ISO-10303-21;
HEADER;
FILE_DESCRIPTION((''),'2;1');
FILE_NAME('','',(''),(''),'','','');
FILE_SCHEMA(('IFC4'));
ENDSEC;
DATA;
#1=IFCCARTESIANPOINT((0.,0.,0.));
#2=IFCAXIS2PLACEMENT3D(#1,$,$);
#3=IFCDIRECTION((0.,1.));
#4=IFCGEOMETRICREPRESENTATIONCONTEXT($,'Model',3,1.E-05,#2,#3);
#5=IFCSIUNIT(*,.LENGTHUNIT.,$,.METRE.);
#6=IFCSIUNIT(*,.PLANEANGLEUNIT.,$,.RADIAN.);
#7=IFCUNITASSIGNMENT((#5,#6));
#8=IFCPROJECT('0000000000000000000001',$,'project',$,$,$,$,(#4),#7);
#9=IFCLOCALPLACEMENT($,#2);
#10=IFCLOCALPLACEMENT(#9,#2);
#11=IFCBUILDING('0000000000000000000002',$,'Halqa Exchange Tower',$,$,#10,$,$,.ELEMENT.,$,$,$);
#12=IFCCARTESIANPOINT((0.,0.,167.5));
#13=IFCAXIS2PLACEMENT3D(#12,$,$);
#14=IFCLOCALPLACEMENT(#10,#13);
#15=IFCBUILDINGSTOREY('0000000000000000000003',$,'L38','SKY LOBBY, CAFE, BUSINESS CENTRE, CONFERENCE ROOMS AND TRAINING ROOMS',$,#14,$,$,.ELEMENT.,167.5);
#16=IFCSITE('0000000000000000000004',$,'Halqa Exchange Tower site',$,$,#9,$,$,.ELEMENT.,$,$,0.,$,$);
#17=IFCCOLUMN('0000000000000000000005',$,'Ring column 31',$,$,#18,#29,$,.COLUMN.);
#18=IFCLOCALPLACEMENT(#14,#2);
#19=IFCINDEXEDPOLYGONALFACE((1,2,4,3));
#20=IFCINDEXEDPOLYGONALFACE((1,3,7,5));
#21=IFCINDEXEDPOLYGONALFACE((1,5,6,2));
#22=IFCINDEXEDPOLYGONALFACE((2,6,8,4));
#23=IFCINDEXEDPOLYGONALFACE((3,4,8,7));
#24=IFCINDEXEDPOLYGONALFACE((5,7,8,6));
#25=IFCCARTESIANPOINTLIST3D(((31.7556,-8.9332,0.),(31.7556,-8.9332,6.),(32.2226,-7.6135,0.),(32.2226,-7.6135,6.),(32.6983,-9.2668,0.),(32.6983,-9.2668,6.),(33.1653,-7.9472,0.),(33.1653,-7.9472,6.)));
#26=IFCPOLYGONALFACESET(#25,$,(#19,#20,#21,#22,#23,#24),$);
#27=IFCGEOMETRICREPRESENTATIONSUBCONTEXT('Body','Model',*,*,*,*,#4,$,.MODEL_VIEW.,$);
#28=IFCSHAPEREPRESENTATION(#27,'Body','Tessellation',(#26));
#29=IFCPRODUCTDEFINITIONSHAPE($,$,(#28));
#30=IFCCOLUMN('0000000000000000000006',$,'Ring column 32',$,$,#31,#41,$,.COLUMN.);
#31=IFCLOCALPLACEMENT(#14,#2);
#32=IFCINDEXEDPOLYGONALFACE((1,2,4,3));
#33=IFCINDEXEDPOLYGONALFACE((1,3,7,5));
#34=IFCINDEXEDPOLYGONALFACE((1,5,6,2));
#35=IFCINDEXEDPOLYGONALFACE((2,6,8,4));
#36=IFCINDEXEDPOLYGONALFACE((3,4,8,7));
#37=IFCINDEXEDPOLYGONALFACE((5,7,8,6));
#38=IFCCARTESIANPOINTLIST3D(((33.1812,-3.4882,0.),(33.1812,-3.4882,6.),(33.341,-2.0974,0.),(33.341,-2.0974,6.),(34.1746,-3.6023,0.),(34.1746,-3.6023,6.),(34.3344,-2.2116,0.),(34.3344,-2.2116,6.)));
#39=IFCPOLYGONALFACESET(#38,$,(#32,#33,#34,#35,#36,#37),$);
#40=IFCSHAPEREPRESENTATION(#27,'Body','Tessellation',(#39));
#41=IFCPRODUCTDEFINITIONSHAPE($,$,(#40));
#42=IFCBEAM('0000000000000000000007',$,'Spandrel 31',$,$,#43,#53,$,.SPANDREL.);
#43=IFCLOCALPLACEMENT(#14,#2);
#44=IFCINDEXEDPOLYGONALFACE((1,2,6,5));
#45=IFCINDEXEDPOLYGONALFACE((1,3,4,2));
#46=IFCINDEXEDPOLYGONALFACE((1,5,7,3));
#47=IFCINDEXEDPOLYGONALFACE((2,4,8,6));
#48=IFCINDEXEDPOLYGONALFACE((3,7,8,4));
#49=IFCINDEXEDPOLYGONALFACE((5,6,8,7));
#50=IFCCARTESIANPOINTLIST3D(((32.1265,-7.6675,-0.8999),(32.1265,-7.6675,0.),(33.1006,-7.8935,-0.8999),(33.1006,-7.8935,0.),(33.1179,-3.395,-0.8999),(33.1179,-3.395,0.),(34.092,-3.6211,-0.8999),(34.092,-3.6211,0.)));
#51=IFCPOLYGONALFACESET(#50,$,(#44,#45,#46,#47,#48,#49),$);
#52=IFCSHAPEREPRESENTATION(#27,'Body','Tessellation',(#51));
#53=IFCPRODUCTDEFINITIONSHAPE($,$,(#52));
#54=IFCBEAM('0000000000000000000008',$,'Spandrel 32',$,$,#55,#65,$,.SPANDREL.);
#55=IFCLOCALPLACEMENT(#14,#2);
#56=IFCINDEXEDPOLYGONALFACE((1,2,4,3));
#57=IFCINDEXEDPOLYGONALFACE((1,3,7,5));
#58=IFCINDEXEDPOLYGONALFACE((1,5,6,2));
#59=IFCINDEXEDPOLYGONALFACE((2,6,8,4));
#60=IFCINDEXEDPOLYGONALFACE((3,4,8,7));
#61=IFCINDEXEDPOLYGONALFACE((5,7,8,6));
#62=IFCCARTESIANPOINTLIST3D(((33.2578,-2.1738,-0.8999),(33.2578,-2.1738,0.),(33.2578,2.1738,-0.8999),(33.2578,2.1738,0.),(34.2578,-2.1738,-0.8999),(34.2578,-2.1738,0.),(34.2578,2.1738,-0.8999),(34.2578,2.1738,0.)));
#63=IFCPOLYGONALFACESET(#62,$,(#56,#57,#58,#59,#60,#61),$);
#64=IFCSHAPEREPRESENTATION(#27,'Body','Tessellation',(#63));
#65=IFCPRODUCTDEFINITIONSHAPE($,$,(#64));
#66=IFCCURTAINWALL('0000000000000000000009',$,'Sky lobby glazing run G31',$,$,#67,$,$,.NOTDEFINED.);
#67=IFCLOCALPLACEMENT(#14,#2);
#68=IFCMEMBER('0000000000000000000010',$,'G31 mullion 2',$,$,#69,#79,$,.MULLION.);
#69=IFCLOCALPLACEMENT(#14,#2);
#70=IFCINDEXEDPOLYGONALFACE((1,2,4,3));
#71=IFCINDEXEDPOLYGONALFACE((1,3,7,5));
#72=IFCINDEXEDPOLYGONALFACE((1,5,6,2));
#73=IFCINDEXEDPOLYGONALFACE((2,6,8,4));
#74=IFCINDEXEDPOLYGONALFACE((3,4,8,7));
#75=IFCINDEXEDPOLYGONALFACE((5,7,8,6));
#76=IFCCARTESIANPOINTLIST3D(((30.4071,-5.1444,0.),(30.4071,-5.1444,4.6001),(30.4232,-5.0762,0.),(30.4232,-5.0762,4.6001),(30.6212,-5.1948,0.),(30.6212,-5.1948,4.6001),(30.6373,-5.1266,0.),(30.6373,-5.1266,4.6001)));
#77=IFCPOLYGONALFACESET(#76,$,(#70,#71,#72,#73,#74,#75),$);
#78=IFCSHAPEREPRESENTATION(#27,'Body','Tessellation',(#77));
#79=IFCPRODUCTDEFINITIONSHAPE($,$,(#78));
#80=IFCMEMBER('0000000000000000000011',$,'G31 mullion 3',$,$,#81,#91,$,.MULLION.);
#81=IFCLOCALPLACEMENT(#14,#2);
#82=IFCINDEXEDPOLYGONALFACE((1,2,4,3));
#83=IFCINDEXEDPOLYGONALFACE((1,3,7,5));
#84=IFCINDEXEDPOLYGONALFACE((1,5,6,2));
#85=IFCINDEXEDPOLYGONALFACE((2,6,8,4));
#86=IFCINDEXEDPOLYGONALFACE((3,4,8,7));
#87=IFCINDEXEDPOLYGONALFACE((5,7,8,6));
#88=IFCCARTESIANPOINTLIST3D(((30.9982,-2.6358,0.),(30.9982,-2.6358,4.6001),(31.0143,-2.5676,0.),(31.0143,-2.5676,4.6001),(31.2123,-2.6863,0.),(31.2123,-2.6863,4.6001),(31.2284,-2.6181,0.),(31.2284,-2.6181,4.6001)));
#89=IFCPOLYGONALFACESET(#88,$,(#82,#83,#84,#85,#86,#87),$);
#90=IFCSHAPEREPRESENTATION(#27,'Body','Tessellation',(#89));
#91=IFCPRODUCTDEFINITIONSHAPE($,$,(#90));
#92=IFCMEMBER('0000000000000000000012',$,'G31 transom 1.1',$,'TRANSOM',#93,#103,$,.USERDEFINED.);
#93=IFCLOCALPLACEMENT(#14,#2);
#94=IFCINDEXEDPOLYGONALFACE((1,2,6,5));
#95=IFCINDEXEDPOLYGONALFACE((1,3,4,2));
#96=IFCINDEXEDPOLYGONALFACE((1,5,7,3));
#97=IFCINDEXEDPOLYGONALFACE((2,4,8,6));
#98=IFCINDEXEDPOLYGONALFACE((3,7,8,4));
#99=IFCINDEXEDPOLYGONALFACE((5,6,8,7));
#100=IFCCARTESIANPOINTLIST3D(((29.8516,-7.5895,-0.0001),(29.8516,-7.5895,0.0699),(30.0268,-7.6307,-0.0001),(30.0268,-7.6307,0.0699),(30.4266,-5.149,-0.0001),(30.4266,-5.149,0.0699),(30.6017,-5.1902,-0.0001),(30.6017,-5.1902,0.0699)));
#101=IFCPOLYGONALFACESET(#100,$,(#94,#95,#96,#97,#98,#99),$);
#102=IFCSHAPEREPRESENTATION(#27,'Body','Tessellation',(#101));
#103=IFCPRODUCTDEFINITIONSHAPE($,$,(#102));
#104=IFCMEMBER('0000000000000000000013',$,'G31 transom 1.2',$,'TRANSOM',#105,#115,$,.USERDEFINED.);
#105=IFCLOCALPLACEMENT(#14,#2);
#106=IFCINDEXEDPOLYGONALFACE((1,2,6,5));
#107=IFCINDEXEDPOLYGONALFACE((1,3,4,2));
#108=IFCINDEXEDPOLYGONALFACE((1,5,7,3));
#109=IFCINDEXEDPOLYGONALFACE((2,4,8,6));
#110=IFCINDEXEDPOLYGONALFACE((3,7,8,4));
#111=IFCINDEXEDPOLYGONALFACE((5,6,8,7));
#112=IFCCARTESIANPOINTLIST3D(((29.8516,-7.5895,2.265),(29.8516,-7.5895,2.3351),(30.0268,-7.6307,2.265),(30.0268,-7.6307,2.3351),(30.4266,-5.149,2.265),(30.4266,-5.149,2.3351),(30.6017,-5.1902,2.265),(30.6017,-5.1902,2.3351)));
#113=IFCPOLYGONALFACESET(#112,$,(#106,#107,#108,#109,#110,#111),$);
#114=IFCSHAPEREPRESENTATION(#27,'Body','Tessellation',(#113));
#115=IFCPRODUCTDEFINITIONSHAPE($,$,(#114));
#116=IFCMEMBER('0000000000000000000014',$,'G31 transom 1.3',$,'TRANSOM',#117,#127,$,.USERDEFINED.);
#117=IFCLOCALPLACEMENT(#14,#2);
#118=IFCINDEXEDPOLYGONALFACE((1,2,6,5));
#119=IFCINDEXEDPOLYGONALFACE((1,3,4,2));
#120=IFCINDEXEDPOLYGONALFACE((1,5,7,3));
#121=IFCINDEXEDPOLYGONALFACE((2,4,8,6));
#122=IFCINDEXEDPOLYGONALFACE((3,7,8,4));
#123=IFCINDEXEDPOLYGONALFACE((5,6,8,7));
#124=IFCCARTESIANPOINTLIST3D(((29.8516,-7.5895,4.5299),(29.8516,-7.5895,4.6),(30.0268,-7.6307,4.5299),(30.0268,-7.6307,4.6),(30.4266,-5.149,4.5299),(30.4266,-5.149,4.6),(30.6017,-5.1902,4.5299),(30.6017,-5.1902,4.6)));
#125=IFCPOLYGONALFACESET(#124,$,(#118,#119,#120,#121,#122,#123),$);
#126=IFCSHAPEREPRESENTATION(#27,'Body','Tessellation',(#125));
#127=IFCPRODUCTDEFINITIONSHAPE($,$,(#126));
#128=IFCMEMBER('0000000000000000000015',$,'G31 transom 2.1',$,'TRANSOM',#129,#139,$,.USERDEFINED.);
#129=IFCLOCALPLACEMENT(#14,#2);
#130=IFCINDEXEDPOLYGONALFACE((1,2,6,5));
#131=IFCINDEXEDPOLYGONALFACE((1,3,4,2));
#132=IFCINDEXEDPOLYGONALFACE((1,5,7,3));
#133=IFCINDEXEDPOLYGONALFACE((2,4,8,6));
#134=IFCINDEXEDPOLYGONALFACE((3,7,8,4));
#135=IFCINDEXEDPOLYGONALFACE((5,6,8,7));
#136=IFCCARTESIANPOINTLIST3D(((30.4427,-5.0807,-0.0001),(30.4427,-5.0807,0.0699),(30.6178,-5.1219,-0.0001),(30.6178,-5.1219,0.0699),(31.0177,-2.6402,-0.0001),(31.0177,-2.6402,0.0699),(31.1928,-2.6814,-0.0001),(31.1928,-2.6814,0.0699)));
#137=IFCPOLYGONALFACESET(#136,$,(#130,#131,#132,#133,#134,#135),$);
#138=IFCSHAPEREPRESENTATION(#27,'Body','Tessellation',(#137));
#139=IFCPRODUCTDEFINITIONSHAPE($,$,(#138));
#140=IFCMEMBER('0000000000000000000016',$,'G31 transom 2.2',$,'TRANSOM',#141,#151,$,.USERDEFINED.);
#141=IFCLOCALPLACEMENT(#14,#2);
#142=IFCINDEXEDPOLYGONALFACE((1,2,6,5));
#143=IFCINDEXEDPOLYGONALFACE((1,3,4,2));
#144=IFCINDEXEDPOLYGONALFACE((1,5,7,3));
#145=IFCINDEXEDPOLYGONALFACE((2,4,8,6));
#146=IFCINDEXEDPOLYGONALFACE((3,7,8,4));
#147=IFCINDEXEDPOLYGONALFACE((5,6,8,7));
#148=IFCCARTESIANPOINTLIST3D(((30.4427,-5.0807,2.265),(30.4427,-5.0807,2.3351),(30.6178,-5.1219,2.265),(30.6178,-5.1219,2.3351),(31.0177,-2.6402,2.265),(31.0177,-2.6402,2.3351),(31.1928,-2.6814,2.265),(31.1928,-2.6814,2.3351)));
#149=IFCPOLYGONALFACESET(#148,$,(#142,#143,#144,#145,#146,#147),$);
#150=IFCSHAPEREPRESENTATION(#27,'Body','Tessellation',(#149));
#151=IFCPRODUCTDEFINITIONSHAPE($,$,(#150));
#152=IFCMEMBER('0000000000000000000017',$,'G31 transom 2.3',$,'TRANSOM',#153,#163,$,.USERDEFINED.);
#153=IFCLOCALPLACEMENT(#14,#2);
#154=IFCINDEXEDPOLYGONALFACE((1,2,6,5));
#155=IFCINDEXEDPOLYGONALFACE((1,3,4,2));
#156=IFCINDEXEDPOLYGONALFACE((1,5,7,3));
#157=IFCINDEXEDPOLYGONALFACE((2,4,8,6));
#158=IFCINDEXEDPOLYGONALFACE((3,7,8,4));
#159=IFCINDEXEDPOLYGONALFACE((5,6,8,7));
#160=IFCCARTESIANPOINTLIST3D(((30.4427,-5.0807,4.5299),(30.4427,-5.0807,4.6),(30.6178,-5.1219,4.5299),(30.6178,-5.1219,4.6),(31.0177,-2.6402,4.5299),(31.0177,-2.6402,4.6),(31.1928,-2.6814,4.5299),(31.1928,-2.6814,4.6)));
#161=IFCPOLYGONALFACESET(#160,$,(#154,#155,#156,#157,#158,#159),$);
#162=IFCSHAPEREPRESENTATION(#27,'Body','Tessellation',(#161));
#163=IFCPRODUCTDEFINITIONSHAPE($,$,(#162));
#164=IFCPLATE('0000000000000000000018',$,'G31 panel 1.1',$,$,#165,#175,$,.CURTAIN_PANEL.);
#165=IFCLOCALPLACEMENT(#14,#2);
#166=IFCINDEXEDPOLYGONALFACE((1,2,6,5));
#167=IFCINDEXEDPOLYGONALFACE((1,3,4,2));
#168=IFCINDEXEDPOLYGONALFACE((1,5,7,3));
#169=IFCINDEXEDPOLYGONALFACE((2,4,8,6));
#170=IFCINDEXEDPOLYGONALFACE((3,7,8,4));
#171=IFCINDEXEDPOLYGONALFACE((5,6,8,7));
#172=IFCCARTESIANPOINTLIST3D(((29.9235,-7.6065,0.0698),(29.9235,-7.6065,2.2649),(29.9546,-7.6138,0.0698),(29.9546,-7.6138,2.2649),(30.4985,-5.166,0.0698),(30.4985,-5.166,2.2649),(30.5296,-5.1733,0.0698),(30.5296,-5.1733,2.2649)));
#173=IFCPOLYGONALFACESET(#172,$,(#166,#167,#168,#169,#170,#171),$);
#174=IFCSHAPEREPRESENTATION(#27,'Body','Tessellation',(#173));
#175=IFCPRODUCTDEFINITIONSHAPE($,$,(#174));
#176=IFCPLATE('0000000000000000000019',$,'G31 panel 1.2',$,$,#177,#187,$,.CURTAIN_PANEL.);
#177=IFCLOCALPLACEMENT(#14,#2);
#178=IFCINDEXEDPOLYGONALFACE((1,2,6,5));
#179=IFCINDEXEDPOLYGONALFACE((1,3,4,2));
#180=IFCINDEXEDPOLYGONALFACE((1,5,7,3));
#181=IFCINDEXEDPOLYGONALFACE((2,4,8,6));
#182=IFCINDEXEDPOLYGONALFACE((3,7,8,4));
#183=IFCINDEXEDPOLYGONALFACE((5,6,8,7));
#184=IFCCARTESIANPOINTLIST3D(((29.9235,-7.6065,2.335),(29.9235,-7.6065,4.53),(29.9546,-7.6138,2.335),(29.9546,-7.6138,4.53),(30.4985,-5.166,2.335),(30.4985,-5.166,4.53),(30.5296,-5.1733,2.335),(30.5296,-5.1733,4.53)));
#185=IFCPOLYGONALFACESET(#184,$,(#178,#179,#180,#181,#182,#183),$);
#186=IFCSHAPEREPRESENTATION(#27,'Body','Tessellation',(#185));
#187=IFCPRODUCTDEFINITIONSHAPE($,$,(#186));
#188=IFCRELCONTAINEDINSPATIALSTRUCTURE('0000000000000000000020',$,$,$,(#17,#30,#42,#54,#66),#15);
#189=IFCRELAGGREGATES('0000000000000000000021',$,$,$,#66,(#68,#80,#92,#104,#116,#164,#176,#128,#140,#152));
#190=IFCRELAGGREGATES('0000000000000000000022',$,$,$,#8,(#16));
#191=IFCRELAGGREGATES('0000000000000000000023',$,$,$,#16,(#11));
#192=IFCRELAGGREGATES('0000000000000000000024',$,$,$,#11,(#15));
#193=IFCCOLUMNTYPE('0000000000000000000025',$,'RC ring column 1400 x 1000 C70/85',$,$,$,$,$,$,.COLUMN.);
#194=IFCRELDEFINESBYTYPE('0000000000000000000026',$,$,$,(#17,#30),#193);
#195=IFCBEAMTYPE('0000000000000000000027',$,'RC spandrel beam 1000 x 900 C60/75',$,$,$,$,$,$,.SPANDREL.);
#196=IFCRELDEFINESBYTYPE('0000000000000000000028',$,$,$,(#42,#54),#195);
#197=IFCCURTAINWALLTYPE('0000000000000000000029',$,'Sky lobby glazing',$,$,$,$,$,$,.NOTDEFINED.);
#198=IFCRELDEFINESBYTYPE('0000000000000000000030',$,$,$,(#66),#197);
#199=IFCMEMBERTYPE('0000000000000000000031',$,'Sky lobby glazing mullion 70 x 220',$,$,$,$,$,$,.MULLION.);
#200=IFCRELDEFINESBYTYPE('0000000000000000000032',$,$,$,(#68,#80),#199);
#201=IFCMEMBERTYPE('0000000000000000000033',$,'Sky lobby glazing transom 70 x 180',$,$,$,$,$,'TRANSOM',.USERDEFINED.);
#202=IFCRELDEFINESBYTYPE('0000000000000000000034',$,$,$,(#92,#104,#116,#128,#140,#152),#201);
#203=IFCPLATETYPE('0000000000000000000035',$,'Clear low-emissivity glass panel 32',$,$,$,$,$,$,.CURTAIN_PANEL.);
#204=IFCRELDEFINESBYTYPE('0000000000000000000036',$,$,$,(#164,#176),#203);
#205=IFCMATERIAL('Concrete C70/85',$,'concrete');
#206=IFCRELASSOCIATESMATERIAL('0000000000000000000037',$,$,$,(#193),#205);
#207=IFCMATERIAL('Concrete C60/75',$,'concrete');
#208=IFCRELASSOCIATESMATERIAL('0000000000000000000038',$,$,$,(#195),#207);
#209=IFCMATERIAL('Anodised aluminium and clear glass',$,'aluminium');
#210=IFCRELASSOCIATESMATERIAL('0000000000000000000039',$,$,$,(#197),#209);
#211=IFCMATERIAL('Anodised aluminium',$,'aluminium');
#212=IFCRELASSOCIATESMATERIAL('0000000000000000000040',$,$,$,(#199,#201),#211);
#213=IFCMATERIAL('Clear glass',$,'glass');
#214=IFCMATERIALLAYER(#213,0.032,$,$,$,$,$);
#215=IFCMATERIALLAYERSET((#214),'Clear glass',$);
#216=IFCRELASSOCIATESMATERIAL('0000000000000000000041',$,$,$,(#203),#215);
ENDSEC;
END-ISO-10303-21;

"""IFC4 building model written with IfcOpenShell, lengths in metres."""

from ifc_helpers import new_model, si_unit, direction, frame, origin, origin_2d, place, context, subcontext, project, spatial, rectangle, extrude, material, layer, layer_set, material_profile, profile_set, type_object, element, aggregate, save


model = new_model("IFC4")

# Units and contexts
model_context = context("Model", 3, precision=1e-05, world=origin(), true_north=direction((0.0, 1.0)))
body_context = subcontext(model_context, "Body", "Model", "MODEL_VIEW")
ifc_project = project(units=[si_unit("LENGTHUNIT", "METRE"), si_unit("PLANEANGLEUNIT", "RADIAN")], contexts=[model_context])

# Site, building, storey
site_placement = place(None, origin())
site = spatial("IfcSite", under=ifc_project, at=site_placement, Name="Halqa Exchange Tower site", CompositionType="ELEMENT", RefElevation=0.0)
building_placement = place(site_placement, origin())
building = spatial("IfcBuilding", under=site, at=building_placement, Name="Halqa Exchange Tower", CompositionType="ELEMENT")
storey_placement = place(building_placement, frame((0.0, 0.0, 167.5)))
storey = spatial("IfcBuildingStorey", under=building, at=storey_placement, Name="L38", Description="SKY LOBBY, CAFE, BUSINESS CENTRE, CONFERENCE ROOMS AND TRAINING ROOMS", CompositionType="ELEMENT", Elevation=167.5)

# Columns
ifc_material_1 = material(Name="Concrete C70/85", Category="concrete")
ifc_material_profile_1 = material_profile(ifc_material_1, rectangle(XDim=1.3999, YDim=1.0, at=origin_2d()), Name="1400 x 1000")
ifc_profile_set_1 = profile_set([ifc_material_profile_1], Name="Concrete C70/85")
column_type = type_object("IfcColumnType", Name="RC ring column 1400 x 1000 C70/85", PredefinedType="COLUMN", material=ifc_profile_set_1)
for number, where, z_axis, x_axis, name in (
    (1, (32.4604, -8.4402, 0.0), (0.0, 0.0, 1.0), (0.333634, 0.942703, 0.0), "Ring column 31"),
    (2, (33.7578, -2.8499, 0.0), (0.0, 0.0, 1.0), (0.114155, 0.993463, 0.0), "Ring column 32"),
):
    element("IfcColumn", number, at=place(storey_placement, frame(where, z_axis=z_axis, x_axis=x_axis)), inside=storey, type_object=column_type, Name=name, PredefinedType="COLUMN", context=body_context, shape_type="SweptSolid", body=[
        extrude(rectangle(XDim=1.3999, YDim=1.0, at=origin_2d()), origin(), (0.0, 0.0, 1.0), 6.0),
    ])

# Beams
ifc_material_2 = material(Name="Concrete C60/75", Category="concrete")
ifc_material_profile_2 = material_profile(ifc_material_2, rectangle(XDim=1.0, YDim=0.8999, at=origin_2d()), Name="1000 x 900")
ifc_profile_set_2 = profile_set([ifc_material_profile_2], Name="Concrete C60/75")
beam_type = type_object("IfcBeamType", Name="RC spandrel beam 1000 x 900 C60/75", PredefinedType="SPANDREL", material=ifc_profile_set_2)
beam_1_placement = place(storey_placement, frame((32.6135, -7.7805, -0.45), z_axis=(0.22605, 0.974116, 0.0), x_axis=(-0.974116, 0.22605, 0.0)))
element("IfcBeam", 3, at=beam_1_placement, inside=storey, type_object=beam_type, Name="Spandrel 31", PredefinedType="SPANDREL", context=body_context, shape_type="SweptSolid", body=[
    extrude(rectangle(XDim=1.0, YDim=0.8999, at=origin_2d()), origin(), (0.0, 0.0, 1.0), 4.386),
])
beam_2_placement = place(storey_placement, frame((33.7578, -2.1738, -0.45), z_axis=(0.0, 1.0, 0.0), x_axis=(-1.0, 0.0, 0.0)))
element("IfcBeam", 4, at=beam_2_placement, inside=storey, type_object=beam_type, Name="Spandrel 32", PredefinedType="SPANDREL", context=body_context, shape_type="SweptSolid", body=[
    extrude(rectangle(XDim=1.0, YDim=0.8999, at=origin_2d()), origin(), (0.0, 0.0, 1.0), 4.3477),
])

# Curtain wall, members, plates
ifc_material_3 = material(Name="Anodised aluminium and clear glass", Category="aluminium")
curtain_wall_type = type_object("IfcCurtainWallType", Name="Sky lobby glazing", PredefinedType="NOTDEFINED", material=ifc_material_3)
curtain_wall_placement = place(storey_placement, origin())
curtain_wall = element("IfcCurtainWall", 5, at=curtain_wall_placement, inside=storey, type_object=curtain_wall_type, Name="Sky lobby glazing run G31", PredefinedType="NOTDEFINED")
ifc_material_4 = material(Name="Anodised aluminium", Category="aluminium")
ifc_material_profile_3 = material_profile(ifc_material_4, rectangle(XDim=0.22, YDim=0.0701, at=origin_2d()), Name="AL 70x220")
ifc_profile_set_3 = profile_set([ifc_material_profile_3], Name="Anodised aluminium")
member_type_1 = type_object("IfcMemberType", Name="Sky lobby glazing mullion 70 x 220", PredefinedType="MULLION", material=ifc_profile_set_3)
member_1_placement = place(storey_placement, frame((30.5222, -5.1355, 0.0), z_axis=(0.0, 0.0, 1.0), x_axis=(-0.973352, 0.229318, 0.0)))
member_1 = element("IfcMember", 6, at=member_1_placement, type_object=member_type_1, Name="G31 mullion 2", PredefinedType="MULLION", context=body_context, shape_type="SweptSolid", body=[
    extrude(rectangle(XDim=0.22, YDim=0.0701, at=origin_2d()), origin(), (0.0, 0.0, 1.0), 4.6001),
])
member_2_placement = place(storey_placement, frame((31.1133, -2.627, 0.0), z_axis=(0.0, 0.0, 1.0), x_axis=(-0.973352, 0.229318, 0.0)))
member_2 = element("IfcMember", 7, at=member_2_placement, type_object=member_type_1, Name="G31 mullion 3", PredefinedType="MULLION", context=body_context, shape_type="SweptSolid", body=[
    extrude(rectangle(XDim=0.22, YDim=0.0701, at=origin_2d()), origin(), (0.0, 0.0, 1.0), 4.6001),
])
ifc_material_profile_4 = material_profile(ifc_material_4, rectangle(XDim=0.1799, YDim=0.0701, at=origin_2d()), Name="AL 70x180")
ifc_profile_set_4 = profile_set([ifc_material_profile_4], Name="Anodised aluminium")
member_type_2 = type_object("IfcMemberType", Name="Sky lobby glazing transom 70 x 180", ElementType="TRANSOM", PredefinedType="USERDEFINED", material=ifc_profile_set_4)
member_3_placement = place(storey_placement, frame((29.9392, -7.6101, 0.0349), z_axis=(0.229316, 0.973352, 0.0), x_axis=(-0.973352, 0.229316, 0.0)))
member_3 = element("IfcMember", 8, at=member_3_placement, type_object=member_type_2, Name="G31 transom 1.1", ObjectType="TRANSOM", PredefinedType="USERDEFINED", context=body_context, shape_type="SweptSolid", body=[
    extrude(rectangle(XDim=0.1799, YDim=0.0701, at=origin_2d()), origin(), (0.0, 0.0, 1.0), 2.5073),
])
member_4_placement = place(storey_placement, frame((29.9392, -7.6101, 2.3), z_axis=(0.229316, 0.973352, 0.0), x_axis=(-0.973352, 0.229316, 0.0)))
member_4 = element("IfcMember", 9, at=member_4_placement, type_object=member_type_2, Name="G31 transom 1.2", ObjectType="TRANSOM", PredefinedType="USERDEFINED", context=body_context, shape_type="SweptSolid", body=[
    extrude(rectangle(XDim=0.1799, YDim=0.0701, at=origin_2d()), origin(), (0.0, 0.0, 1.0), 2.5073),
])
member_5_placement = place(storey_placement, frame((29.9392, -7.6101, 4.5649), z_axis=(0.229316, 0.973352, 0.0), x_axis=(-0.973352, 0.229316, 0.0)))
member_5 = element("IfcMember", 10, at=member_5_placement, type_object=member_type_2, Name="G31 transom 1.3", ObjectType="TRANSOM", PredefinedType="USERDEFINED", context=body_context, shape_type="SweptSolid", body=[
    extrude(rectangle(XDim=0.1799, YDim=0.0701, at=origin_2d()), origin(), (0.0, 0.0, 1.0), 2.5073),
])
member_6_placement = place(storey_placement, frame((30.5303, -5.1013, 0.0349), z_axis=(0.229316, 0.973352, 0.0), x_axis=(-0.973352, 0.229316, 0.0)))
member_6 = element("IfcMember", 11, at=member_6_placement, type_object=member_type_2, Name="G31 transom 2.1", ObjectType="TRANSOM", PredefinedType="USERDEFINED", context=body_context, shape_type="SweptSolid", body=[
    extrude(rectangle(XDim=0.1799, YDim=0.0701, at=origin_2d()), origin(), (0.0, 0.0, 1.0), 2.5073),
])
member_7_placement = place(storey_placement, frame((30.5303, -5.1013, 2.3), z_axis=(0.229316, 0.973352, 0.0), x_axis=(-0.973352, 0.229316, 0.0)))
member_7 = element("IfcMember", 12, at=member_7_placement, type_object=member_type_2, Name="G31 transom 2.2", ObjectType="TRANSOM", PredefinedType="USERDEFINED", context=body_context, shape_type="SweptSolid", body=[
    extrude(rectangle(XDim=0.1799, YDim=0.0701, at=origin_2d()), origin(), (0.0, 0.0, 1.0), 2.5073),
])
member_8_placement = place(storey_placement, frame((30.5303, -5.1013, 4.5649), z_axis=(0.229316, 0.973352, 0.0), x_axis=(-0.973352, 0.229316, 0.0)))
member_8 = element("IfcMember", 13, at=member_8_placement, type_object=member_type_2, Name="G31 transom 2.3", ObjectType="TRANSOM", PredefinedType="USERDEFINED", context=body_context, shape_type="SweptSolid", body=[
    extrude(rectangle(XDim=0.1799, YDim=0.0701, at=origin_2d()), origin(), (0.0, 0.0, 1.0), 2.5073),
])
ifc_material_5 = material(Name="Clear glass", Category="glass")
ifc_layer_1 = layer(ifc_material_5, 0.032)
ifc_layer_set_1 = layer_set([ifc_layer_1], Name="Clear glass")
plate_type = type_object("IfcPlateType", Name="Clear low-emissivity glass panel 32", PredefinedType="CURTAIN_PANEL", material=ifc_layer_set_1)
plate_1_placement = place(storey_placement, frame((30.2266, -6.3899, 0.0698), z_axis=(0.0, 0.0, 1.0), x_axis=(0.229318, 0.973352, 0.0)))
plate_1 = element("IfcPlate", 14, at=plate_1_placement, type_object=plate_type, Name="G31 panel 1.1", PredefinedType="CURTAIN_PANEL", context=body_context, shape_type="SweptSolid", body=[
    extrude(rectangle(XDim=2.5073, YDim=0.032, at=origin_2d()), origin(), (0.0, 0.0, 1.0), 2.1951),
])
plate_2_placement = place(storey_placement, frame((30.2266, -6.3899, 2.335), z_axis=(0.0, 0.0, 1.0), x_axis=(0.229318, 0.973352, 0.0)))
plate_2 = element("IfcPlate", 15, at=plate_2_placement, type_object=plate_type, Name="G31 panel 1.2", PredefinedType="CURTAIN_PANEL", context=body_context, shape_type="SweptSolid", body=[
    extrude(rectangle(XDim=2.5073, YDim=0.032, at=origin_2d()), origin(), (0.0, 0.0, 1.0), 2.1951),
])
aggregate(curtain_wall, [member_1, member_2, member_3, member_4, member_5, plate_1, plate_2, member_6, member_7, member_8])

save(model, "model.ifc")
